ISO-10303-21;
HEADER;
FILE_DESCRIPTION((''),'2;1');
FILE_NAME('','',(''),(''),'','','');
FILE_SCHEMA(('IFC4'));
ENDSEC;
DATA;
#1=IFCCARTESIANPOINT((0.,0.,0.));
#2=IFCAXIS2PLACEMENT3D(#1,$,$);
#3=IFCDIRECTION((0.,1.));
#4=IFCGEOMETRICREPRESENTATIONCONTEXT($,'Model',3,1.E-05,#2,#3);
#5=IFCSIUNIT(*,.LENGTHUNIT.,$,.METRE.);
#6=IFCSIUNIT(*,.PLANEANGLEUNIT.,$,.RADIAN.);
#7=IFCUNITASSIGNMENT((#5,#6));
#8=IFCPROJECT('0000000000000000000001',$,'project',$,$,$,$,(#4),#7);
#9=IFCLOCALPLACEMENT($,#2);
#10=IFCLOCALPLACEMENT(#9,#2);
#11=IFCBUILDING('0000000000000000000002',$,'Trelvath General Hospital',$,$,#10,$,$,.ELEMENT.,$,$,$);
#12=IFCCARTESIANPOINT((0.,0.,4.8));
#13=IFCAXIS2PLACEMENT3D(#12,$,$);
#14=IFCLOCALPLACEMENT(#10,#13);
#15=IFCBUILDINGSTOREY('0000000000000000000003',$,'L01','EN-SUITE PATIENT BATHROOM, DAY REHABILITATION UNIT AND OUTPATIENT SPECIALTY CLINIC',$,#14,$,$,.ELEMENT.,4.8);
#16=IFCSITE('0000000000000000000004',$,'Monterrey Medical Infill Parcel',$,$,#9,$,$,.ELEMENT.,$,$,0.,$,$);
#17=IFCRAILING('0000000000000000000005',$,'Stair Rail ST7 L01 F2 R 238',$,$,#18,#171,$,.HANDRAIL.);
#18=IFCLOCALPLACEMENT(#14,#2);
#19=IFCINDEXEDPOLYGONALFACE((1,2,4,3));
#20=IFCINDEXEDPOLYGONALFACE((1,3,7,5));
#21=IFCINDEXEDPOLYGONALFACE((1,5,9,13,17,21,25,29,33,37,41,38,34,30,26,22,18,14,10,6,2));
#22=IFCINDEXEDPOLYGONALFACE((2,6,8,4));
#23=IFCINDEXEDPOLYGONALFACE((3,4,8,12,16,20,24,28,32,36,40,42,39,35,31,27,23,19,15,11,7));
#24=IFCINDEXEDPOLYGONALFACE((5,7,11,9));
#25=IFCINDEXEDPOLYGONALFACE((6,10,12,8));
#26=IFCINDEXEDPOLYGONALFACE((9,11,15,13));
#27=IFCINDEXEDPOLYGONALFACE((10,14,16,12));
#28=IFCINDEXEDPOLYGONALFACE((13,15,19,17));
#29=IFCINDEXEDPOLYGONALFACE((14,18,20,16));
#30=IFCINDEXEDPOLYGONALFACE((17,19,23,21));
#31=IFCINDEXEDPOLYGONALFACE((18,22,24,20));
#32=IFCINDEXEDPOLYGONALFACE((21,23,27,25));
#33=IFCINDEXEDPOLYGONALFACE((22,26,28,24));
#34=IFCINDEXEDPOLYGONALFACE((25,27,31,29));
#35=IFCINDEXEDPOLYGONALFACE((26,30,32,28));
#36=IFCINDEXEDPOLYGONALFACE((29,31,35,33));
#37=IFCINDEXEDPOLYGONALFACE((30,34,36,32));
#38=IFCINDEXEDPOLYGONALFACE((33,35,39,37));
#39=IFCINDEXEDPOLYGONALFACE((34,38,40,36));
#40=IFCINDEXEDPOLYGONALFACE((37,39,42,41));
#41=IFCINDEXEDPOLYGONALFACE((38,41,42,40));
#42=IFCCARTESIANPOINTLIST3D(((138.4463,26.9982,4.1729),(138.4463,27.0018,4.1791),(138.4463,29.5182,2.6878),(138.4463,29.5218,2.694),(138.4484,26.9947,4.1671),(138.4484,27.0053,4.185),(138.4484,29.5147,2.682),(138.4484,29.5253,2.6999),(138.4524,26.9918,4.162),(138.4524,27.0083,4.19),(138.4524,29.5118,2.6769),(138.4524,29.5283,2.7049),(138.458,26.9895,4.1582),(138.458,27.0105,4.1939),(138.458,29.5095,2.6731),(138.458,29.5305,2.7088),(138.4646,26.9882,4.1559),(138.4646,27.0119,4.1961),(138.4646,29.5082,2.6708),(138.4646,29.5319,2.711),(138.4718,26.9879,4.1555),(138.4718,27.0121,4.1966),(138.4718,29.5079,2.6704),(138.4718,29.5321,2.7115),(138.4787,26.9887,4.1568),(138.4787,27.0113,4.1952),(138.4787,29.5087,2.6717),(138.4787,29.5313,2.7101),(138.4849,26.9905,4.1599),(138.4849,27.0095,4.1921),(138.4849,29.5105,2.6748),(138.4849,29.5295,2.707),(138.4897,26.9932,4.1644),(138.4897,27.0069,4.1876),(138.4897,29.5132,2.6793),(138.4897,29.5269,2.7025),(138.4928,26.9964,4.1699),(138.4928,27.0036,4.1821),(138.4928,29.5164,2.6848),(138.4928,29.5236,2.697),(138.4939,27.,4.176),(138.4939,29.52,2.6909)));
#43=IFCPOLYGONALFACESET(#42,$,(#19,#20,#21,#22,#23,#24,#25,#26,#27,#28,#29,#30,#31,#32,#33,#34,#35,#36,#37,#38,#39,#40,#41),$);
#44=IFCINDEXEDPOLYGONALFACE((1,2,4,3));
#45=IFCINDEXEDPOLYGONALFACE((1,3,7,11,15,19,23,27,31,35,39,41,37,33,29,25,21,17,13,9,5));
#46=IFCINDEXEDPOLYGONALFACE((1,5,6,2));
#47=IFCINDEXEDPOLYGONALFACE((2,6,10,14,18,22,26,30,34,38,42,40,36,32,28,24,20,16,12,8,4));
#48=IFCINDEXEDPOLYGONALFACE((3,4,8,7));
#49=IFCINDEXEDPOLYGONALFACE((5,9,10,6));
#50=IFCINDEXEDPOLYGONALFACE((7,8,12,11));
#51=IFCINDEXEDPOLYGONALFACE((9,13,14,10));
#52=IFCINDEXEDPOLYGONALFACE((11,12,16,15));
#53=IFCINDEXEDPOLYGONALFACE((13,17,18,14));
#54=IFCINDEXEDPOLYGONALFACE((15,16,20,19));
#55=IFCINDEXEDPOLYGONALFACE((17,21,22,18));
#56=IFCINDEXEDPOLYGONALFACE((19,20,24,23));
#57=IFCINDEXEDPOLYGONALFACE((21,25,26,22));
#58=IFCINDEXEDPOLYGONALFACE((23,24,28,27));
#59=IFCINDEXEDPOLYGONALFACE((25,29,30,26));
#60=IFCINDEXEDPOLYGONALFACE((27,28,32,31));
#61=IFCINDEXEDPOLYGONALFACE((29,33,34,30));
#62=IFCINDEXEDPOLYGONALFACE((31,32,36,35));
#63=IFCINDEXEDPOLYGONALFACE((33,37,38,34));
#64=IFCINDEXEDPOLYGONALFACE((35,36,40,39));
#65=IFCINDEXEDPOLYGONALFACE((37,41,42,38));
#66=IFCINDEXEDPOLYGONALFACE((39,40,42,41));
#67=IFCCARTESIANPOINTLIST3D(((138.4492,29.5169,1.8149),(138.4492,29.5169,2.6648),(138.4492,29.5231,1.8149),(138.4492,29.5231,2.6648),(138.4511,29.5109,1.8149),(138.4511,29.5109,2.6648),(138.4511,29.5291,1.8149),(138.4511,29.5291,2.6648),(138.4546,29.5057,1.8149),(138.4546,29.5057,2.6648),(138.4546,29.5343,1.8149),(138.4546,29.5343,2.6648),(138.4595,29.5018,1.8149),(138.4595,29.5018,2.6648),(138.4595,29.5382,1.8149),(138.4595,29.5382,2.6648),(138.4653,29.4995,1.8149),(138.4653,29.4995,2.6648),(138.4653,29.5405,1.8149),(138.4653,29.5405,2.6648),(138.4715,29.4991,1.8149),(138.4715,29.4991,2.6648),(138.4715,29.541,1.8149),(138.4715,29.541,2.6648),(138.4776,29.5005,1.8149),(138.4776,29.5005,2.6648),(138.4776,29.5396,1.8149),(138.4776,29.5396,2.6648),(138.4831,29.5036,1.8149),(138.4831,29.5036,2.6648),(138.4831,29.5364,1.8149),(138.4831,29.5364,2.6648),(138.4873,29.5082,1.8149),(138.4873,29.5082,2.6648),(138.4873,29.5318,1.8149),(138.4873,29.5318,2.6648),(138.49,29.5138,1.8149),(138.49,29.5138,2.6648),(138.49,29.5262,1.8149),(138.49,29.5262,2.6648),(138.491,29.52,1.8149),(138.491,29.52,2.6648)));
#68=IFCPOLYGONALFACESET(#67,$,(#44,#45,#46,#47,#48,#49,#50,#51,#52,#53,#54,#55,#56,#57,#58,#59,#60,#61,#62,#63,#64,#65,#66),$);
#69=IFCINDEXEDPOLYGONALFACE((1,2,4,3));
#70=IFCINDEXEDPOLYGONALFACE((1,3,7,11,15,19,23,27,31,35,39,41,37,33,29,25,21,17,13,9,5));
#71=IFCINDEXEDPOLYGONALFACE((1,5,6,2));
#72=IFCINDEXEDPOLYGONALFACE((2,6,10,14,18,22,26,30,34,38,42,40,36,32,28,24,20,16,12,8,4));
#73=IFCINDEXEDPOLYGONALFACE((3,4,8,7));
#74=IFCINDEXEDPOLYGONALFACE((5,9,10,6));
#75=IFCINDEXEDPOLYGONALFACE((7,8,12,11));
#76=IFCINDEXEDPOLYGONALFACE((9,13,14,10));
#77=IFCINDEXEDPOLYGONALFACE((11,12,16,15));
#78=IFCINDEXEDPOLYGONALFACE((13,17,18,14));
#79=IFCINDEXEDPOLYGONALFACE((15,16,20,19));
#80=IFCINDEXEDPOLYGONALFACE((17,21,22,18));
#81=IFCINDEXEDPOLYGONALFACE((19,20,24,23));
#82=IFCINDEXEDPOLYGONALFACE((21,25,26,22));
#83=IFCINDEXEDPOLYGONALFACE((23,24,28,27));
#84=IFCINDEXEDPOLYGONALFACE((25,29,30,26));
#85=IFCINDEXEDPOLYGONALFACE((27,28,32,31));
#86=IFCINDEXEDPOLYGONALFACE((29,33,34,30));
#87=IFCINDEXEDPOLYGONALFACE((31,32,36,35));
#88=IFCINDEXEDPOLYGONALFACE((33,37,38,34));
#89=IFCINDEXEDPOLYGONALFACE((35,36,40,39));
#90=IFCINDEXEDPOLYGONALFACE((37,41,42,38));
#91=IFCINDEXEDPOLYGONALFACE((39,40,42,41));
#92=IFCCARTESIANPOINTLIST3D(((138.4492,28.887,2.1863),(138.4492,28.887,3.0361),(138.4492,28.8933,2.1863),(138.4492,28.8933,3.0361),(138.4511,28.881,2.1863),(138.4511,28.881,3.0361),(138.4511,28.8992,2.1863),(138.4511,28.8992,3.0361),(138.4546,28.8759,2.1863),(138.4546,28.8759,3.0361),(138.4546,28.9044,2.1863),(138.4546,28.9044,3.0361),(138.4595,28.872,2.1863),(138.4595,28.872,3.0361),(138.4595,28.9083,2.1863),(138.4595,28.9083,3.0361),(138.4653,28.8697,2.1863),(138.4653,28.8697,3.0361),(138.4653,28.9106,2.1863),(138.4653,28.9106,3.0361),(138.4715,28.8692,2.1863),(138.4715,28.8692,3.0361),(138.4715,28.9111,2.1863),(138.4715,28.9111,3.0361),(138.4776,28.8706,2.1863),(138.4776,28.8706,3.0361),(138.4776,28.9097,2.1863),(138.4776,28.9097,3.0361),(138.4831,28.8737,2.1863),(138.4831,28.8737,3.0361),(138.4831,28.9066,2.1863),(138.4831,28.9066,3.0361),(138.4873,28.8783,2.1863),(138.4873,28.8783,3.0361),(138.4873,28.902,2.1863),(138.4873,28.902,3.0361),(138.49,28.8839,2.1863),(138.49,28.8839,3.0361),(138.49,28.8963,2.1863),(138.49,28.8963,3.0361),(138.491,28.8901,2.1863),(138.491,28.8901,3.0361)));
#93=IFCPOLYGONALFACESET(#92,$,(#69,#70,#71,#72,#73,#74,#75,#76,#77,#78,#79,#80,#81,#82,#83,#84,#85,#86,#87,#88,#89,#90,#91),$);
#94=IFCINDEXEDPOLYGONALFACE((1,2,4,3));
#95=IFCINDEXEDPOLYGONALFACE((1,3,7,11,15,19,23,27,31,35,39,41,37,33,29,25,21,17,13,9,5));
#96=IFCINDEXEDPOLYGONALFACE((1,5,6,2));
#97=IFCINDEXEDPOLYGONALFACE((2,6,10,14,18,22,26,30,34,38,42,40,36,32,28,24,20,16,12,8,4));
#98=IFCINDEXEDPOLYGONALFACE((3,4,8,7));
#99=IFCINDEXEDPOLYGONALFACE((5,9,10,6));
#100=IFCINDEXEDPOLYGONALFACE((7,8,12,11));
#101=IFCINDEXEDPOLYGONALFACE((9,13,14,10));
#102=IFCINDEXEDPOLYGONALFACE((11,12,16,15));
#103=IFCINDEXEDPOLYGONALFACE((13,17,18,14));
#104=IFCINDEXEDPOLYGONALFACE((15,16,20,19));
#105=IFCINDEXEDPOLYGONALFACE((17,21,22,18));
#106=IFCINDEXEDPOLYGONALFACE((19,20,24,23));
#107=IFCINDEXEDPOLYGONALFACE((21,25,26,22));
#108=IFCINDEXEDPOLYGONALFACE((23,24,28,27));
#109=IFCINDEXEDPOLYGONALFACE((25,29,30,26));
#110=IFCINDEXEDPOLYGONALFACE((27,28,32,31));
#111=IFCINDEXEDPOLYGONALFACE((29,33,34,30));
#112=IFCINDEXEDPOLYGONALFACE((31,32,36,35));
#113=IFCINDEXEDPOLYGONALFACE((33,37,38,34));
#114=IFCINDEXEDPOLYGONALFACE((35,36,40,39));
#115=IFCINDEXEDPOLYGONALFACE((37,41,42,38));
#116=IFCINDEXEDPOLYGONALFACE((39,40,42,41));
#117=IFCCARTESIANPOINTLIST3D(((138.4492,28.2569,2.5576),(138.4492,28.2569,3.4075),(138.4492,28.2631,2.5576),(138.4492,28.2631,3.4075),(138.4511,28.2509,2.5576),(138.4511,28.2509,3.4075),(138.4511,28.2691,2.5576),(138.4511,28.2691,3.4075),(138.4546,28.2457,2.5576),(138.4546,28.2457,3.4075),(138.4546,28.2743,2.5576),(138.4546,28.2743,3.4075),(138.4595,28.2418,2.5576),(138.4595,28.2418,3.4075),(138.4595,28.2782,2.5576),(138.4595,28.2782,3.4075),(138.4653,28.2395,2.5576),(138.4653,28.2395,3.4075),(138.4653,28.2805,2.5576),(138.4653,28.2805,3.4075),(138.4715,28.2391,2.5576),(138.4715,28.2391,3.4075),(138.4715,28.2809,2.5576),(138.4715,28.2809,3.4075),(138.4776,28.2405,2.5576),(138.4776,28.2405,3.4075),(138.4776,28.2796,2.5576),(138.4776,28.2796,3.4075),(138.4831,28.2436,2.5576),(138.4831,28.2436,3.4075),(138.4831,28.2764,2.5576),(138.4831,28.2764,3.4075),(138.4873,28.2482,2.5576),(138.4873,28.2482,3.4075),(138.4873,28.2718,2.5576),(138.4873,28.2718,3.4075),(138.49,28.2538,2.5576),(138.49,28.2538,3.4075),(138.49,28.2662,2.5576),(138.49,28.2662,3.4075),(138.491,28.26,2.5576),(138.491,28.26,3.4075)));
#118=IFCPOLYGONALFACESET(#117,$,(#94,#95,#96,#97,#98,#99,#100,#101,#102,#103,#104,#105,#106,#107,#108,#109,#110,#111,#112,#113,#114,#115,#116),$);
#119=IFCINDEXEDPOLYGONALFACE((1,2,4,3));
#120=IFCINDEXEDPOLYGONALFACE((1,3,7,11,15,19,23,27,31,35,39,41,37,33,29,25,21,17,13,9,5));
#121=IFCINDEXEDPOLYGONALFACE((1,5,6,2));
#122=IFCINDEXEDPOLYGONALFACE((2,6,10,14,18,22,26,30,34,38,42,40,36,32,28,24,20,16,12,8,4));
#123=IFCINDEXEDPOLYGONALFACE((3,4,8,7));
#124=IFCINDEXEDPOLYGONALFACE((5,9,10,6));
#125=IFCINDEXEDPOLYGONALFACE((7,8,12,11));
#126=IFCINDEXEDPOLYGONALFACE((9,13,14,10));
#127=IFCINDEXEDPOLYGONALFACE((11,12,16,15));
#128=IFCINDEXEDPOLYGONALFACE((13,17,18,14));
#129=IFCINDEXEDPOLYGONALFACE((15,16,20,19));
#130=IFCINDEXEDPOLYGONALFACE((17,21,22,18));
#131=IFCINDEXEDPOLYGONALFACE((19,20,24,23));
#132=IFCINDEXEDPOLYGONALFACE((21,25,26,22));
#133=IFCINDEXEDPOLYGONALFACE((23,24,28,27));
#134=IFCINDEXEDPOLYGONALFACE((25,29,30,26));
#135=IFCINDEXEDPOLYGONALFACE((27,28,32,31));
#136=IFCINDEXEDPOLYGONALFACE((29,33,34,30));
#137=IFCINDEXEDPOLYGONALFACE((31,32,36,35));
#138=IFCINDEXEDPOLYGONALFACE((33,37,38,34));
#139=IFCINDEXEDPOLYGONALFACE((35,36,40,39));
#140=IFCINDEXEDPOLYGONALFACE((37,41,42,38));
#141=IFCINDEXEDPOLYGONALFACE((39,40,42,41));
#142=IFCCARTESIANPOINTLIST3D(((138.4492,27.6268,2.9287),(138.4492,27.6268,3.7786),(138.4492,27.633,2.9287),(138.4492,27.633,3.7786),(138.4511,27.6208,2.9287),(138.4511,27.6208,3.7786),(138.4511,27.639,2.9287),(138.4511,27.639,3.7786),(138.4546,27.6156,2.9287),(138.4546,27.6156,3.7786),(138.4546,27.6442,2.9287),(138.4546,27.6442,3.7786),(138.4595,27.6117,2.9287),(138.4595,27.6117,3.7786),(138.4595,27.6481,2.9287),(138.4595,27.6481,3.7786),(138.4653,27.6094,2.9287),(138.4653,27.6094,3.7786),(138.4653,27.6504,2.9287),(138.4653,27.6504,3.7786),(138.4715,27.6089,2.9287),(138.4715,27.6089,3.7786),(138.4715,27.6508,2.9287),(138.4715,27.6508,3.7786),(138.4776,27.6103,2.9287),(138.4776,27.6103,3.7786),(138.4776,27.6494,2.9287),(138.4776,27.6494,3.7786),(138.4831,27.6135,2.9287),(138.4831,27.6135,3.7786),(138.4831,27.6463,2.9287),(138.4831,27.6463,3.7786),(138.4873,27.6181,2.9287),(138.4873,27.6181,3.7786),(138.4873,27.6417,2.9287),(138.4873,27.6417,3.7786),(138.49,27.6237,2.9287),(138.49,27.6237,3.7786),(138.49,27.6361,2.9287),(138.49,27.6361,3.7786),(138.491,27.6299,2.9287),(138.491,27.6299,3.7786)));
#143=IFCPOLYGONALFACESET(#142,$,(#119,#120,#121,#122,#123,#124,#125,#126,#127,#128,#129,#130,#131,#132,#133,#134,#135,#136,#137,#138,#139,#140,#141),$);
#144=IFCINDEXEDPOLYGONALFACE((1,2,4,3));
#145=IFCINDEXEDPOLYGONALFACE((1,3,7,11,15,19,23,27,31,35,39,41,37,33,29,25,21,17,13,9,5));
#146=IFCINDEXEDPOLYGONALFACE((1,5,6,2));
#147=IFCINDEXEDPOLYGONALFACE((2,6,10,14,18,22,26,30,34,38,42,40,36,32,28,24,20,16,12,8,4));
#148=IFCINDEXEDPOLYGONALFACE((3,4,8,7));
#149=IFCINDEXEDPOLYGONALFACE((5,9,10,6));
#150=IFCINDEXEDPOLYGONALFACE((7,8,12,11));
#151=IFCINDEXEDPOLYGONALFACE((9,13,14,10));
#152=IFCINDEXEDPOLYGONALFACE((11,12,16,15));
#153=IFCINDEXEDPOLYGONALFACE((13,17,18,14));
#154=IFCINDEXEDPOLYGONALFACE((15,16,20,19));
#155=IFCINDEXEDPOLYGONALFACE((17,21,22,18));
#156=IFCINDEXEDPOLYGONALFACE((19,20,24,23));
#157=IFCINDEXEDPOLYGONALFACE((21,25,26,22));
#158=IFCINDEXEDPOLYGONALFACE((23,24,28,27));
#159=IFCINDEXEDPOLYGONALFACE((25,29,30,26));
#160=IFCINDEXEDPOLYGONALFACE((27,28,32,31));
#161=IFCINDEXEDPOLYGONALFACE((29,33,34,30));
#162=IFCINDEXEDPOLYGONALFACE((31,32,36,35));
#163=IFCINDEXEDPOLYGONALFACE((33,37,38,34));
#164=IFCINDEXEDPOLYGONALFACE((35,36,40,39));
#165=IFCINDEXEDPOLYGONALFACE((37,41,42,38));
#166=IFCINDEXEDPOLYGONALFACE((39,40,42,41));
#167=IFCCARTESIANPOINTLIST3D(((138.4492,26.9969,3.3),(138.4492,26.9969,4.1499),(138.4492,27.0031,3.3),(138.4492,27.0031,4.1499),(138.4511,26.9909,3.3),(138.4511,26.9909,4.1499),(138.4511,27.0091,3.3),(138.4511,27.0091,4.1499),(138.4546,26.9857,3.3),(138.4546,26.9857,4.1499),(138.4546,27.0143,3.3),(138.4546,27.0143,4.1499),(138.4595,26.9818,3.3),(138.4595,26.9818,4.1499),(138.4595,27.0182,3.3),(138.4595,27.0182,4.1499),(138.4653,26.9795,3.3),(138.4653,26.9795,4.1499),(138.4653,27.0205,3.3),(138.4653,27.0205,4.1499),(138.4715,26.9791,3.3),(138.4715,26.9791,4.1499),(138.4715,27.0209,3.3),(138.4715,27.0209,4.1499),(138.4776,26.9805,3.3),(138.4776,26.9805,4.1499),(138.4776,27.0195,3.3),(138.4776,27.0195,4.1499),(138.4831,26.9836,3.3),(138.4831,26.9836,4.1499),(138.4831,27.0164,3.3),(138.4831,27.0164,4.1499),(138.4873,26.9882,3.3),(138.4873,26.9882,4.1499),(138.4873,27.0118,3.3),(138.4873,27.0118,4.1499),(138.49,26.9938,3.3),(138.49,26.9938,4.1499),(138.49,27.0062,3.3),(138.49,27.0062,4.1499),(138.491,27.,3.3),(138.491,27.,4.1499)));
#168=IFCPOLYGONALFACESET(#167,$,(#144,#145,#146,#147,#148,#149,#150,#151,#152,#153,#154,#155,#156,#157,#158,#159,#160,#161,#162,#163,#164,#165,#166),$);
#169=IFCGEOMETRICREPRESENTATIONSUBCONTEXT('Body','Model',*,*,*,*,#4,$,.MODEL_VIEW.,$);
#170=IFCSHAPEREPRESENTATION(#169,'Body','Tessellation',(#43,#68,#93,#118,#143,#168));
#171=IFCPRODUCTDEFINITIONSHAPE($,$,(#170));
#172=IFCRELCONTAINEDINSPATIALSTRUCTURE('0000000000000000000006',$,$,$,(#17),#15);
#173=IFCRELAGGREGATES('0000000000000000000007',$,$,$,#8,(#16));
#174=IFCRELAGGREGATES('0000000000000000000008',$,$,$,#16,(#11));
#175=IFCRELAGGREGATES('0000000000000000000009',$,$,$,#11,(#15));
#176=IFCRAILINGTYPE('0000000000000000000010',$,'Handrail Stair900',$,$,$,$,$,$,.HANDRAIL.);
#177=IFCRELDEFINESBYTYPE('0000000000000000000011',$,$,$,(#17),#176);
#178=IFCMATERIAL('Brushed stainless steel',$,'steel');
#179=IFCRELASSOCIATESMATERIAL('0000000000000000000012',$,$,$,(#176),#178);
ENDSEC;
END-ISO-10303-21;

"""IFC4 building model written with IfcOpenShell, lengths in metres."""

from ifc_helpers import new_model, si_unit, direction, frame, origin, origin_2d, place, context, subcontext, project, spatial, circle, extrude, material, type_object, element, save


model = new_model("IFC4")

# Units and contexts
model_context = context("Model", 3, precision=1e-05, world=origin(), true_north=direction((0.0, 1.0)))
body_context = subcontext(model_context, "Body", "Model", "MODEL_VIEW")
ifc_project = project(units=[si_unit("LENGTHUNIT", "METRE"), si_unit("PLANEANGLEUNIT", "RADIAN")], contexts=[model_context])

# Site, building, storey
site_placement = place(None, origin())
site = spatial("IfcSite", under=ifc_project, at=site_placement, Name="Monterrey Medical Infill Parcel", CompositionType="ELEMENT", RefElevation=0.0)
building_placement = place(site_placement, origin())
building = spatial("IfcBuilding", under=site, at=building_placement, Name="Trelvath General Hospital", CompositionType="ELEMENT")
storey_placement = place(building_placement, frame((0.0, 0.0, 4.8)))
storey = spatial("IfcBuildingStorey", under=building, at=storey_placement, Name="L01", Description="EN-SUITE PATIENT BATHROOM, DAY REHABILITATION UNIT AND OUTPATIENT SPECIALTY CLINIC", CompositionType="ELEMENT", Elevation=4.8)

# Railing
ifc_material_1 = material(Name="Brushed stainless steel", Category="steel")
railing_type_1 = type_object("IfcRailingType", Name="Handrail Stair900", PredefinedType="HANDRAIL", material=ifc_material_1)
railing_1_placement = place(storey_placement, frame((138.47, 29.52, 1.8149)))
element("IfcRailing", 1, at=railing_1_placement, inside=storey, type_object=railing_type_1, Name="Stair Rail ST7 L01 F2 R 238", PredefinedType="HANDRAIL", context=body_context, shape_type="SweptSolid", body=[
    extrude(circle(Radius=0.0239, at=origin_2d()), frame((0.0, 0.0, 0.876), z_axis=(0.0, -0.861524, 0.507717), x_axis=(1.0, 0.0, 0.0)), (0.0, 0.0, 1.0), 2.925),
    extrude(circle(Radius=0.021, at=origin_2d()), origin(), (0.0, 0.0, 1.0), 0.8499),
    extrude(circle(Radius=0.021, at=origin_2d()), frame((0.0, -0.6299, 0.3713)), (0.0, 0.0, 1.0), 0.8499),
    extrude(circle(Radius=0.021, at=origin_2d()), frame((0.0, -1.26, 0.7427)), (0.0, 0.0, 1.0), 0.8499),
    extrude(circle(Radius=0.021, at=origin_2d()), frame((0.0, -1.8901, 1.1138)), (0.0, 0.0, 1.0), 0.8499),
    extrude(circle(Radius=0.021, at=origin_2d()), frame((0.0, -2.52, 1.4851)), (0.0, 0.0, 1.0), 0.8499),
])

save(model, "model.ifc")
